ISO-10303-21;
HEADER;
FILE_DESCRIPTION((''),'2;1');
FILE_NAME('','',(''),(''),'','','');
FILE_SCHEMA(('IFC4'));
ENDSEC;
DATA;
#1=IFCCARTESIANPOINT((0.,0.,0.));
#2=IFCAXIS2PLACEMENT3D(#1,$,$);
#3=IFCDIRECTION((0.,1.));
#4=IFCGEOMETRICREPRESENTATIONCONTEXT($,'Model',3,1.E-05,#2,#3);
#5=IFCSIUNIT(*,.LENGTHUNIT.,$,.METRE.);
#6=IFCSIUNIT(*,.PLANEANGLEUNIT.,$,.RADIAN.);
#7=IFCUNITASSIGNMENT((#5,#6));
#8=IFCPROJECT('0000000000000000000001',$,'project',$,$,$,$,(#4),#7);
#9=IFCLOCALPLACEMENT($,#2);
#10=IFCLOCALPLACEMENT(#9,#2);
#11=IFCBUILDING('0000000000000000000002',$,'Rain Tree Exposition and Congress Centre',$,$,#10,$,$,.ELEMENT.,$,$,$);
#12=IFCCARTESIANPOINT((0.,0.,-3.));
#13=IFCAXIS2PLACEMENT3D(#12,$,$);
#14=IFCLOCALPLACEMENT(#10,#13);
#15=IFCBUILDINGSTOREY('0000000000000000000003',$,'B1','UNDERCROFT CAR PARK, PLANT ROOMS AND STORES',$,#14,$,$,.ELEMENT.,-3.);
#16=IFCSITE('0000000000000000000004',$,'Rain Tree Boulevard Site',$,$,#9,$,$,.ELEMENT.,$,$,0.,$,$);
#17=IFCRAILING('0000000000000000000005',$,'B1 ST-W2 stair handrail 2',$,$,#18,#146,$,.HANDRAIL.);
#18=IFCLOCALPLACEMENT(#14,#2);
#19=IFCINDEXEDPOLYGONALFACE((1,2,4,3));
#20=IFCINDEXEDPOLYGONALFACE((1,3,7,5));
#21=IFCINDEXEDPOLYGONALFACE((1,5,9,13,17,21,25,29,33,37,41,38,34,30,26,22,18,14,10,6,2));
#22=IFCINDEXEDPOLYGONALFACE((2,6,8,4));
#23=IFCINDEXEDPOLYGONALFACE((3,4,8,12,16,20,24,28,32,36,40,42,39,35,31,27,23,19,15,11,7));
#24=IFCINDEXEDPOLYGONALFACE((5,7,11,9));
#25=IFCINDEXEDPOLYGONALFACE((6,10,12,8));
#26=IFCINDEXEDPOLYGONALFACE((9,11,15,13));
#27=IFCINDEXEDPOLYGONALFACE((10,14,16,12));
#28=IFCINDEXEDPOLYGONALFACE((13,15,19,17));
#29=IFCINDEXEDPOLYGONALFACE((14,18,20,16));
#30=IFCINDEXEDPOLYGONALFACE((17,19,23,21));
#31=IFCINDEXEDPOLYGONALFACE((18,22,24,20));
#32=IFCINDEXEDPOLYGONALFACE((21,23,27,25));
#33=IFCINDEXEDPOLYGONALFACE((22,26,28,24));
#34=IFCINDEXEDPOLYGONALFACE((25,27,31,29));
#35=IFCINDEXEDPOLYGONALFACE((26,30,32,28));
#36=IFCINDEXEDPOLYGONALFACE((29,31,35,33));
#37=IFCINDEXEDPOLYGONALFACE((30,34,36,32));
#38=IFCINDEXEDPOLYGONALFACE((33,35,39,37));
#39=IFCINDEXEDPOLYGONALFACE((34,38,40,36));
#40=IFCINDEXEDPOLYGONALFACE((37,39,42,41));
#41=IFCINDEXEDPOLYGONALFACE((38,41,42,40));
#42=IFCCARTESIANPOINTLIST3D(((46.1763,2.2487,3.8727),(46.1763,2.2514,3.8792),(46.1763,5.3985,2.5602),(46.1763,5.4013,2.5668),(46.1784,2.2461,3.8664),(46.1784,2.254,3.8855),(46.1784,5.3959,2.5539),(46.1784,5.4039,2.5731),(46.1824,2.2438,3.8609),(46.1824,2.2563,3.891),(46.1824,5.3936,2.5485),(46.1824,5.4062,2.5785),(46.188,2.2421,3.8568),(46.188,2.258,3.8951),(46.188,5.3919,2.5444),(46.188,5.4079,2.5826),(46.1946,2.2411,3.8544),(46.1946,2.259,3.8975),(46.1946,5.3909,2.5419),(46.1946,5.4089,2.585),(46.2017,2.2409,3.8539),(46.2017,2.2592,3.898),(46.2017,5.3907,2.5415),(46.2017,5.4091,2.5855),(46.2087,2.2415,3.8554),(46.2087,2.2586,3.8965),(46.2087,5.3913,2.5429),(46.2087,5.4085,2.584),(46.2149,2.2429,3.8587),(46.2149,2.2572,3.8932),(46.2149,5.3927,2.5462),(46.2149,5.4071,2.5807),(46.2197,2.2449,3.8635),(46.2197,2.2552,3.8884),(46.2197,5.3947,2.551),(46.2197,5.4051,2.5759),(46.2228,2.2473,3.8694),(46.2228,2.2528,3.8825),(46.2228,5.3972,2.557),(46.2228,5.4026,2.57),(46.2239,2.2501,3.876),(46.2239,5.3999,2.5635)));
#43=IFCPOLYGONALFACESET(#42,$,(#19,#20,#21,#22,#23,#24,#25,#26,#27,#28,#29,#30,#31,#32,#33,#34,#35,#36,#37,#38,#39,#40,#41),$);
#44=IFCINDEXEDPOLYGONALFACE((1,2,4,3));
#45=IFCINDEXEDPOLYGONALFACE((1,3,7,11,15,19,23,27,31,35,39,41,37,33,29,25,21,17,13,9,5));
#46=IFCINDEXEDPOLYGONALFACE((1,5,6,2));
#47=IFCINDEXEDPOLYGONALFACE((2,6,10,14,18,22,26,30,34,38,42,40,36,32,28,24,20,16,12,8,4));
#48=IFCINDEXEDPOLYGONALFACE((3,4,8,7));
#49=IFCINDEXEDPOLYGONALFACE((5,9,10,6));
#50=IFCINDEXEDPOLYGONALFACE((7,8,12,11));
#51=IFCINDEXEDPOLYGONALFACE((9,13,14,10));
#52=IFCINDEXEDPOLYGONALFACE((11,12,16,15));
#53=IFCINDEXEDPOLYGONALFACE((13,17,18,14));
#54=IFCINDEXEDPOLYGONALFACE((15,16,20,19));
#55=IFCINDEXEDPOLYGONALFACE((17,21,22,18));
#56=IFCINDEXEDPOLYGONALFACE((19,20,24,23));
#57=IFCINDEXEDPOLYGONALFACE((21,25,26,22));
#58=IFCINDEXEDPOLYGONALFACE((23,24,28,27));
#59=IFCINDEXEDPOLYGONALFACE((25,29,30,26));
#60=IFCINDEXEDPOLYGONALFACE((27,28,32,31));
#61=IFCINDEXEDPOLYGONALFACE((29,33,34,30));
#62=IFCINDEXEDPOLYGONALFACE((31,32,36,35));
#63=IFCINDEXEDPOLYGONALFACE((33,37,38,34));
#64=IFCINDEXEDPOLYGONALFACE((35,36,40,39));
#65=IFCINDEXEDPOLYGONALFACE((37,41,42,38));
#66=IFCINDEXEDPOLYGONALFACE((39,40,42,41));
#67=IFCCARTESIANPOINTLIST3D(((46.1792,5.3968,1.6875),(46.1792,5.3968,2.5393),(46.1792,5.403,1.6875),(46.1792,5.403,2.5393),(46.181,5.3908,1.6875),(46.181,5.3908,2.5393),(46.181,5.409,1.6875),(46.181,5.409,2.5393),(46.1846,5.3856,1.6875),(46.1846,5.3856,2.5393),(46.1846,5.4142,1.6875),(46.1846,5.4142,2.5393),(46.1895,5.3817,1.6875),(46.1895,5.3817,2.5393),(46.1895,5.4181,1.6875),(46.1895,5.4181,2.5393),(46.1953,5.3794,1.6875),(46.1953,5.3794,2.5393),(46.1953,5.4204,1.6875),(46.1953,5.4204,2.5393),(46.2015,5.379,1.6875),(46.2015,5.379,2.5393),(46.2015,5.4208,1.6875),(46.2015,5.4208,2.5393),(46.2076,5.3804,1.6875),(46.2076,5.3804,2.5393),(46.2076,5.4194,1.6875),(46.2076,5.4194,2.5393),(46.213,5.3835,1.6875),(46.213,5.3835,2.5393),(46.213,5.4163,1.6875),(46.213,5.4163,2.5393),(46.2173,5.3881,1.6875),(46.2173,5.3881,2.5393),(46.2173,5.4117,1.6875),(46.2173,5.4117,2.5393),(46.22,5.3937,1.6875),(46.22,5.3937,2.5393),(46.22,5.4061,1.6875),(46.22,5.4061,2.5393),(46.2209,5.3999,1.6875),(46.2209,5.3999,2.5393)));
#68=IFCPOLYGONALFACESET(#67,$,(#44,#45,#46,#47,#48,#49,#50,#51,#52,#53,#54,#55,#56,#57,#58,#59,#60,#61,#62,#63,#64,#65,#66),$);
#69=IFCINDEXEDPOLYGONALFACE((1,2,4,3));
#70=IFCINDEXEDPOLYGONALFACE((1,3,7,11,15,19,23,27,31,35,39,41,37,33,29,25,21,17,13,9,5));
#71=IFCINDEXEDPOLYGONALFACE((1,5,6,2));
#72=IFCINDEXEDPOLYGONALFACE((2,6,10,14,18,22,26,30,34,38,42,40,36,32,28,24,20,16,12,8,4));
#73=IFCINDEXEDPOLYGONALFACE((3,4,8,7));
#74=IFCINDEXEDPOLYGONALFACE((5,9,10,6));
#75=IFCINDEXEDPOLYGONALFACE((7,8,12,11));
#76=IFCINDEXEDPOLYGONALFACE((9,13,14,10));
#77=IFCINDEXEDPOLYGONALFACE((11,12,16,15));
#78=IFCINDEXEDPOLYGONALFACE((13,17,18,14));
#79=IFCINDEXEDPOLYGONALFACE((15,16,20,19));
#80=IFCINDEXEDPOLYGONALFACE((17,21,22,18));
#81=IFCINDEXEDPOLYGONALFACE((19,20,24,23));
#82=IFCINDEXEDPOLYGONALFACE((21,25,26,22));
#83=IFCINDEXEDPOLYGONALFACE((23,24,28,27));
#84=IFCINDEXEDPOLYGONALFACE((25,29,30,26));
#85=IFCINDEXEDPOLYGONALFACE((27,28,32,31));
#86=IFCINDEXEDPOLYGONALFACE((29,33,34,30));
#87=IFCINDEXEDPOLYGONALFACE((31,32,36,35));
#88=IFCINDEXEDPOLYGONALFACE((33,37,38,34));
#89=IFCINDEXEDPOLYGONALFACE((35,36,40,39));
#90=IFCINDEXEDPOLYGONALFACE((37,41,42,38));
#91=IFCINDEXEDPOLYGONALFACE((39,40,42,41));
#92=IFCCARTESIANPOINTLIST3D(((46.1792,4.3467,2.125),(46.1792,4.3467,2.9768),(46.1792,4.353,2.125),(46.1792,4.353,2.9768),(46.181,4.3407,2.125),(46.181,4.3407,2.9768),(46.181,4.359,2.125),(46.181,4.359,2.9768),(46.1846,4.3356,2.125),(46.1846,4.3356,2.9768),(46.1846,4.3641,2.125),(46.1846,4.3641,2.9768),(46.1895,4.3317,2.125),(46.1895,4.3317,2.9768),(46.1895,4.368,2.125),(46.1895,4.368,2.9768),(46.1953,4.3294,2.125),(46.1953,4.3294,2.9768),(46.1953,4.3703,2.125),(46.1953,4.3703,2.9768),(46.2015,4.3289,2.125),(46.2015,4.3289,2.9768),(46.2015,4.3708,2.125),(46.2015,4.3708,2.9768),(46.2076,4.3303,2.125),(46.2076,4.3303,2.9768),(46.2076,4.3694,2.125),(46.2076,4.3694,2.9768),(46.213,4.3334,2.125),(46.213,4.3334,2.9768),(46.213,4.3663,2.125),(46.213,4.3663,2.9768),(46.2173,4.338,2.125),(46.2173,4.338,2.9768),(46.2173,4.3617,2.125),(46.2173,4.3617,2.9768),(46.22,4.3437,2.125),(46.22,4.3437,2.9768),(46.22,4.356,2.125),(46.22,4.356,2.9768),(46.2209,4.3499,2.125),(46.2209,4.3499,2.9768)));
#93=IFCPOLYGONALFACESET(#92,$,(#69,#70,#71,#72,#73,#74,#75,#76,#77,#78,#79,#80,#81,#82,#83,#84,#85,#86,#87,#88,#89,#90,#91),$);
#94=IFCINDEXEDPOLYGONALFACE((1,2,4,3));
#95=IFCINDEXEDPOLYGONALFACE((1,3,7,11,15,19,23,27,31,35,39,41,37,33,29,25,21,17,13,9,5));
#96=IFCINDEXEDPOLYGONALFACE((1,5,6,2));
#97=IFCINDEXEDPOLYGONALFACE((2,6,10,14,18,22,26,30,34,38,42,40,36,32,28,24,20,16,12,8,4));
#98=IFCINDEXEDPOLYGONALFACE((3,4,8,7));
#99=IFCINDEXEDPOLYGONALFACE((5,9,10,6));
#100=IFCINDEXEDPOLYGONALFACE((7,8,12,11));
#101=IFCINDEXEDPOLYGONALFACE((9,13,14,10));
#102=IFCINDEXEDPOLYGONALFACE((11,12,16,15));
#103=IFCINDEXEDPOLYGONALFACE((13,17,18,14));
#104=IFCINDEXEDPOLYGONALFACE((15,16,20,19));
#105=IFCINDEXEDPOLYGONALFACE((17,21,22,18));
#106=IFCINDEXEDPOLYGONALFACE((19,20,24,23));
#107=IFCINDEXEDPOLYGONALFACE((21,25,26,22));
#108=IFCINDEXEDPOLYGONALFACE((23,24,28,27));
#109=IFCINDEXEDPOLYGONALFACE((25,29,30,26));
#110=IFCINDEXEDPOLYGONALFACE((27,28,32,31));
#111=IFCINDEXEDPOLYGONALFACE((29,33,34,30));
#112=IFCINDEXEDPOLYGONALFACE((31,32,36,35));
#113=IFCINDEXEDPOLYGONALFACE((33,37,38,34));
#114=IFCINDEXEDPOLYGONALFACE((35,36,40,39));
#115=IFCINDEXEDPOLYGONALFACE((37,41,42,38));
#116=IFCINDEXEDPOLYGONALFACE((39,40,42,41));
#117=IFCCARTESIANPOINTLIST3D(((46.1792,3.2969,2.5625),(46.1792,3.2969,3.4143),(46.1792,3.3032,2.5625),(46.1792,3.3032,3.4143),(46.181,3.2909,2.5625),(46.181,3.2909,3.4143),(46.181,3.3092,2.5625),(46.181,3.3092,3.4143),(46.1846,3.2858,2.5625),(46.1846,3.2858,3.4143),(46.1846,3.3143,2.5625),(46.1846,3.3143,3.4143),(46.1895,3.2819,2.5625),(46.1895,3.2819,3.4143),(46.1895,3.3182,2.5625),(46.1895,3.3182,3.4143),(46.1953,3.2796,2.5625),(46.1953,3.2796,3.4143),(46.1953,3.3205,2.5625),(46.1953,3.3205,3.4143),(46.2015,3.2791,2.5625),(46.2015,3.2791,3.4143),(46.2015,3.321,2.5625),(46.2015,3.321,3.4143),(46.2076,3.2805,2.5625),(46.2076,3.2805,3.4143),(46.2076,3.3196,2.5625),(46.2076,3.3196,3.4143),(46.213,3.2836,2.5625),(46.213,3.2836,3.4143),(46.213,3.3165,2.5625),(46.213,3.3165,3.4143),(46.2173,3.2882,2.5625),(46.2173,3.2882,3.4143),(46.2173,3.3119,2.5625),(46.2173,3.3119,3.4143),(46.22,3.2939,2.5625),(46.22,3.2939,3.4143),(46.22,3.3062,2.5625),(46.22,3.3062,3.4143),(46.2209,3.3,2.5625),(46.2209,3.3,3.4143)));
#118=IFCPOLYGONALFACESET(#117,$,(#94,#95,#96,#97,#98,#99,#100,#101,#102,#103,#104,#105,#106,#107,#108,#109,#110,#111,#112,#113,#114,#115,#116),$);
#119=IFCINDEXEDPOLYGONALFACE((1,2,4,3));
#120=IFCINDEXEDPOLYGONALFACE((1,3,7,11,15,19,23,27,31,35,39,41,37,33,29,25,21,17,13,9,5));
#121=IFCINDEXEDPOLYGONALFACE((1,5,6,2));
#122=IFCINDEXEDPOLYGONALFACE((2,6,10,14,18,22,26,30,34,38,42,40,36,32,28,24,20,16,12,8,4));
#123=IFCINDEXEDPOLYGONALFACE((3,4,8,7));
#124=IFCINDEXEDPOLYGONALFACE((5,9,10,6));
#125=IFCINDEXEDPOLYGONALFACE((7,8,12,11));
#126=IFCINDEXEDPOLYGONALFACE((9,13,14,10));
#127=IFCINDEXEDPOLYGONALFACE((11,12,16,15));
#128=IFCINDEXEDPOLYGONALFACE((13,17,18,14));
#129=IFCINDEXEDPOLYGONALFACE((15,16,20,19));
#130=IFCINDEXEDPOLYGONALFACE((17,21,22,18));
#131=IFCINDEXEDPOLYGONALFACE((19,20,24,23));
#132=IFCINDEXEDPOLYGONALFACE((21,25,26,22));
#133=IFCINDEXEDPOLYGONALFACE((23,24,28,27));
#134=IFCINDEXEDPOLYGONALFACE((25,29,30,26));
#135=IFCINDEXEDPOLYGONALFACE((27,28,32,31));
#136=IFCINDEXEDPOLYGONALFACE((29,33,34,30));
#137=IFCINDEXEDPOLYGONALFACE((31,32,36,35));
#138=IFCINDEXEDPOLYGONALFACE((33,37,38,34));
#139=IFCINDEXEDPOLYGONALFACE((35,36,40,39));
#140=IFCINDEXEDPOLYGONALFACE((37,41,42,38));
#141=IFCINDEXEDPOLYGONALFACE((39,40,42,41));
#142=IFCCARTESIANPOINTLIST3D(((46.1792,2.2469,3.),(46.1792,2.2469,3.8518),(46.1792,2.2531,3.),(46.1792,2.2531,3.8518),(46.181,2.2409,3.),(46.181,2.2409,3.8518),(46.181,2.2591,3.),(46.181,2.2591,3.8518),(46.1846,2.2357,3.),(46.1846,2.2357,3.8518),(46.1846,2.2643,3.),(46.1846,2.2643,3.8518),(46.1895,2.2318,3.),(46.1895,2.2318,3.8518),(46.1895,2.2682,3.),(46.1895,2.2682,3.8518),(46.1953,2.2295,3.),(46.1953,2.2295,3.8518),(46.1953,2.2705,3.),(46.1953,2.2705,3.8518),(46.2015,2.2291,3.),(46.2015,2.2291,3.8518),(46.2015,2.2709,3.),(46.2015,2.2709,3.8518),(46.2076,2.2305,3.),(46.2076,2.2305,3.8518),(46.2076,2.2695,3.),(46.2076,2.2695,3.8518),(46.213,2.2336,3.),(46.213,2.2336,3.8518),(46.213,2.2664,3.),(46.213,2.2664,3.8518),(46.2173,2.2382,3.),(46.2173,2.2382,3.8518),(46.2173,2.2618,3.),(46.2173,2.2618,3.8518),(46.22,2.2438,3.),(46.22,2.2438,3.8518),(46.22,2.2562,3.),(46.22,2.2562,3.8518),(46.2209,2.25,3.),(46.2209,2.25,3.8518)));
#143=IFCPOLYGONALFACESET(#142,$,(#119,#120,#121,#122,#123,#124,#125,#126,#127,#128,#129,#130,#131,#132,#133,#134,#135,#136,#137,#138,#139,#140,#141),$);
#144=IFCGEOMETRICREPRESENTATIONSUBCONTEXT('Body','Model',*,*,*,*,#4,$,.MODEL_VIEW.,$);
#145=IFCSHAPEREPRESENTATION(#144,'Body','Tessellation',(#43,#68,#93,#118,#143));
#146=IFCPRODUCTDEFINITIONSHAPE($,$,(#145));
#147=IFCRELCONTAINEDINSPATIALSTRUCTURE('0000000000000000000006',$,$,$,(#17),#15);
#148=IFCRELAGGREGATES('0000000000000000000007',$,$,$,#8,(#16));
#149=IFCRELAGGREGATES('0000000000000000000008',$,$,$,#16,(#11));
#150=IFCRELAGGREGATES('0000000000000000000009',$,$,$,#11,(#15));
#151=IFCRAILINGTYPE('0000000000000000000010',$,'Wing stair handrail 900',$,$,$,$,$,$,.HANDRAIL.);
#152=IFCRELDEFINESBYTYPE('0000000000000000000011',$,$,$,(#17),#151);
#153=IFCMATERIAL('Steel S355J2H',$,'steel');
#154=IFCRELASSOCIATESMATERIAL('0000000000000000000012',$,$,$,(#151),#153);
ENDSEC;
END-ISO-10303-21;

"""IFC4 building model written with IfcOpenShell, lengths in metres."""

from ifc_helpers import new_model, si_unit, direction, frame, origin, origin_2d, place, context, subcontext, project, spatial, circle, extrude, material, type_object, element, save


model = new_model("IFC4")

# Units and contexts
model_context = context("Model", 3, precision=1e-05, world=origin(), true_north=direction((0.0, 1.0)))
body_context = subcontext(model_context, "Body", "Model", "MODEL_VIEW")
ifc_project = project(units=[si_unit("LENGTHUNIT", "METRE"), si_unit("PLANEANGLEUNIT", "RADIAN")], contexts=[model_context])

# Site, building, storey
site_placement = place(None, origin())
site = spatial("IfcSite", under=ifc_project, at=site_placement, Name="Rain Tree Boulevard Site", CompositionType="ELEMENT", RefElevation=0.0)
building_placement = place(site_placement, origin())
building = spatial("IfcBuilding", under=site, at=building_placement, Name="Rain Tree Exposition and Congress Centre", CompositionType="ELEMENT")
storey_placement = place(building_placement, frame((0.0, 0.0, -3.0)))
storey = spatial("IfcBuildingStorey", under=building, at=storey_placement, Name="B1", Description="UNDERCROFT CAR PARK, PLANT ROOMS AND STORES", CompositionType="ELEMENT", Elevation=-3.0)

# Railing
ifc_material_1 = material(Name="Steel S355J2H", Category="steel")
railing_type_1 = type_object("IfcRailingType", Name="Wing stair handrail 900", PredefinedType="HANDRAIL", material=ifc_material_1)
railing_1_placement = place(storey_placement, frame((46.2, 5.3999, 1.6875)))
element("IfcRailing", 1, at=railing_1_placement, inside=storey, type_object=railing_type_1, Name="B1 ST-W2 stair handrail 2", PredefinedType="HANDRAIL", context=body_context, shape_type="SweptSolid", body=[
    extrude(circle(Radius=0.0239, at=origin_2d()), frame((0.0, 0.0, 0.876), z_axis=(0.0, -0.923073, 0.384626), x_axis=(1.0, 0.0, 0.0)), (0.0, 0.0, 1.0), 3.4124),
    extrude(circle(Radius=0.021, at=origin_2d()), origin(), (0.0, 0.0, 1.0), 0.8518),
    extrude(circle(Radius=0.021, at=origin_2d()), frame((0.0, -1.05, 0.4375)), (0.0, 0.0, 1.0), 0.8518),
    extrude(circle(Radius=0.021, at=origin_2d()), frame((0.0, -2.0999, 0.875)), (0.0, 0.0, 1.0), 0.8518),
    extrude(circle(Radius=0.021, at=origin_2d()), frame((0.0, -3.1499, 1.3125)), (0.0, 0.0, 1.0), 0.8518),
])

save(model, "model.ifc")
